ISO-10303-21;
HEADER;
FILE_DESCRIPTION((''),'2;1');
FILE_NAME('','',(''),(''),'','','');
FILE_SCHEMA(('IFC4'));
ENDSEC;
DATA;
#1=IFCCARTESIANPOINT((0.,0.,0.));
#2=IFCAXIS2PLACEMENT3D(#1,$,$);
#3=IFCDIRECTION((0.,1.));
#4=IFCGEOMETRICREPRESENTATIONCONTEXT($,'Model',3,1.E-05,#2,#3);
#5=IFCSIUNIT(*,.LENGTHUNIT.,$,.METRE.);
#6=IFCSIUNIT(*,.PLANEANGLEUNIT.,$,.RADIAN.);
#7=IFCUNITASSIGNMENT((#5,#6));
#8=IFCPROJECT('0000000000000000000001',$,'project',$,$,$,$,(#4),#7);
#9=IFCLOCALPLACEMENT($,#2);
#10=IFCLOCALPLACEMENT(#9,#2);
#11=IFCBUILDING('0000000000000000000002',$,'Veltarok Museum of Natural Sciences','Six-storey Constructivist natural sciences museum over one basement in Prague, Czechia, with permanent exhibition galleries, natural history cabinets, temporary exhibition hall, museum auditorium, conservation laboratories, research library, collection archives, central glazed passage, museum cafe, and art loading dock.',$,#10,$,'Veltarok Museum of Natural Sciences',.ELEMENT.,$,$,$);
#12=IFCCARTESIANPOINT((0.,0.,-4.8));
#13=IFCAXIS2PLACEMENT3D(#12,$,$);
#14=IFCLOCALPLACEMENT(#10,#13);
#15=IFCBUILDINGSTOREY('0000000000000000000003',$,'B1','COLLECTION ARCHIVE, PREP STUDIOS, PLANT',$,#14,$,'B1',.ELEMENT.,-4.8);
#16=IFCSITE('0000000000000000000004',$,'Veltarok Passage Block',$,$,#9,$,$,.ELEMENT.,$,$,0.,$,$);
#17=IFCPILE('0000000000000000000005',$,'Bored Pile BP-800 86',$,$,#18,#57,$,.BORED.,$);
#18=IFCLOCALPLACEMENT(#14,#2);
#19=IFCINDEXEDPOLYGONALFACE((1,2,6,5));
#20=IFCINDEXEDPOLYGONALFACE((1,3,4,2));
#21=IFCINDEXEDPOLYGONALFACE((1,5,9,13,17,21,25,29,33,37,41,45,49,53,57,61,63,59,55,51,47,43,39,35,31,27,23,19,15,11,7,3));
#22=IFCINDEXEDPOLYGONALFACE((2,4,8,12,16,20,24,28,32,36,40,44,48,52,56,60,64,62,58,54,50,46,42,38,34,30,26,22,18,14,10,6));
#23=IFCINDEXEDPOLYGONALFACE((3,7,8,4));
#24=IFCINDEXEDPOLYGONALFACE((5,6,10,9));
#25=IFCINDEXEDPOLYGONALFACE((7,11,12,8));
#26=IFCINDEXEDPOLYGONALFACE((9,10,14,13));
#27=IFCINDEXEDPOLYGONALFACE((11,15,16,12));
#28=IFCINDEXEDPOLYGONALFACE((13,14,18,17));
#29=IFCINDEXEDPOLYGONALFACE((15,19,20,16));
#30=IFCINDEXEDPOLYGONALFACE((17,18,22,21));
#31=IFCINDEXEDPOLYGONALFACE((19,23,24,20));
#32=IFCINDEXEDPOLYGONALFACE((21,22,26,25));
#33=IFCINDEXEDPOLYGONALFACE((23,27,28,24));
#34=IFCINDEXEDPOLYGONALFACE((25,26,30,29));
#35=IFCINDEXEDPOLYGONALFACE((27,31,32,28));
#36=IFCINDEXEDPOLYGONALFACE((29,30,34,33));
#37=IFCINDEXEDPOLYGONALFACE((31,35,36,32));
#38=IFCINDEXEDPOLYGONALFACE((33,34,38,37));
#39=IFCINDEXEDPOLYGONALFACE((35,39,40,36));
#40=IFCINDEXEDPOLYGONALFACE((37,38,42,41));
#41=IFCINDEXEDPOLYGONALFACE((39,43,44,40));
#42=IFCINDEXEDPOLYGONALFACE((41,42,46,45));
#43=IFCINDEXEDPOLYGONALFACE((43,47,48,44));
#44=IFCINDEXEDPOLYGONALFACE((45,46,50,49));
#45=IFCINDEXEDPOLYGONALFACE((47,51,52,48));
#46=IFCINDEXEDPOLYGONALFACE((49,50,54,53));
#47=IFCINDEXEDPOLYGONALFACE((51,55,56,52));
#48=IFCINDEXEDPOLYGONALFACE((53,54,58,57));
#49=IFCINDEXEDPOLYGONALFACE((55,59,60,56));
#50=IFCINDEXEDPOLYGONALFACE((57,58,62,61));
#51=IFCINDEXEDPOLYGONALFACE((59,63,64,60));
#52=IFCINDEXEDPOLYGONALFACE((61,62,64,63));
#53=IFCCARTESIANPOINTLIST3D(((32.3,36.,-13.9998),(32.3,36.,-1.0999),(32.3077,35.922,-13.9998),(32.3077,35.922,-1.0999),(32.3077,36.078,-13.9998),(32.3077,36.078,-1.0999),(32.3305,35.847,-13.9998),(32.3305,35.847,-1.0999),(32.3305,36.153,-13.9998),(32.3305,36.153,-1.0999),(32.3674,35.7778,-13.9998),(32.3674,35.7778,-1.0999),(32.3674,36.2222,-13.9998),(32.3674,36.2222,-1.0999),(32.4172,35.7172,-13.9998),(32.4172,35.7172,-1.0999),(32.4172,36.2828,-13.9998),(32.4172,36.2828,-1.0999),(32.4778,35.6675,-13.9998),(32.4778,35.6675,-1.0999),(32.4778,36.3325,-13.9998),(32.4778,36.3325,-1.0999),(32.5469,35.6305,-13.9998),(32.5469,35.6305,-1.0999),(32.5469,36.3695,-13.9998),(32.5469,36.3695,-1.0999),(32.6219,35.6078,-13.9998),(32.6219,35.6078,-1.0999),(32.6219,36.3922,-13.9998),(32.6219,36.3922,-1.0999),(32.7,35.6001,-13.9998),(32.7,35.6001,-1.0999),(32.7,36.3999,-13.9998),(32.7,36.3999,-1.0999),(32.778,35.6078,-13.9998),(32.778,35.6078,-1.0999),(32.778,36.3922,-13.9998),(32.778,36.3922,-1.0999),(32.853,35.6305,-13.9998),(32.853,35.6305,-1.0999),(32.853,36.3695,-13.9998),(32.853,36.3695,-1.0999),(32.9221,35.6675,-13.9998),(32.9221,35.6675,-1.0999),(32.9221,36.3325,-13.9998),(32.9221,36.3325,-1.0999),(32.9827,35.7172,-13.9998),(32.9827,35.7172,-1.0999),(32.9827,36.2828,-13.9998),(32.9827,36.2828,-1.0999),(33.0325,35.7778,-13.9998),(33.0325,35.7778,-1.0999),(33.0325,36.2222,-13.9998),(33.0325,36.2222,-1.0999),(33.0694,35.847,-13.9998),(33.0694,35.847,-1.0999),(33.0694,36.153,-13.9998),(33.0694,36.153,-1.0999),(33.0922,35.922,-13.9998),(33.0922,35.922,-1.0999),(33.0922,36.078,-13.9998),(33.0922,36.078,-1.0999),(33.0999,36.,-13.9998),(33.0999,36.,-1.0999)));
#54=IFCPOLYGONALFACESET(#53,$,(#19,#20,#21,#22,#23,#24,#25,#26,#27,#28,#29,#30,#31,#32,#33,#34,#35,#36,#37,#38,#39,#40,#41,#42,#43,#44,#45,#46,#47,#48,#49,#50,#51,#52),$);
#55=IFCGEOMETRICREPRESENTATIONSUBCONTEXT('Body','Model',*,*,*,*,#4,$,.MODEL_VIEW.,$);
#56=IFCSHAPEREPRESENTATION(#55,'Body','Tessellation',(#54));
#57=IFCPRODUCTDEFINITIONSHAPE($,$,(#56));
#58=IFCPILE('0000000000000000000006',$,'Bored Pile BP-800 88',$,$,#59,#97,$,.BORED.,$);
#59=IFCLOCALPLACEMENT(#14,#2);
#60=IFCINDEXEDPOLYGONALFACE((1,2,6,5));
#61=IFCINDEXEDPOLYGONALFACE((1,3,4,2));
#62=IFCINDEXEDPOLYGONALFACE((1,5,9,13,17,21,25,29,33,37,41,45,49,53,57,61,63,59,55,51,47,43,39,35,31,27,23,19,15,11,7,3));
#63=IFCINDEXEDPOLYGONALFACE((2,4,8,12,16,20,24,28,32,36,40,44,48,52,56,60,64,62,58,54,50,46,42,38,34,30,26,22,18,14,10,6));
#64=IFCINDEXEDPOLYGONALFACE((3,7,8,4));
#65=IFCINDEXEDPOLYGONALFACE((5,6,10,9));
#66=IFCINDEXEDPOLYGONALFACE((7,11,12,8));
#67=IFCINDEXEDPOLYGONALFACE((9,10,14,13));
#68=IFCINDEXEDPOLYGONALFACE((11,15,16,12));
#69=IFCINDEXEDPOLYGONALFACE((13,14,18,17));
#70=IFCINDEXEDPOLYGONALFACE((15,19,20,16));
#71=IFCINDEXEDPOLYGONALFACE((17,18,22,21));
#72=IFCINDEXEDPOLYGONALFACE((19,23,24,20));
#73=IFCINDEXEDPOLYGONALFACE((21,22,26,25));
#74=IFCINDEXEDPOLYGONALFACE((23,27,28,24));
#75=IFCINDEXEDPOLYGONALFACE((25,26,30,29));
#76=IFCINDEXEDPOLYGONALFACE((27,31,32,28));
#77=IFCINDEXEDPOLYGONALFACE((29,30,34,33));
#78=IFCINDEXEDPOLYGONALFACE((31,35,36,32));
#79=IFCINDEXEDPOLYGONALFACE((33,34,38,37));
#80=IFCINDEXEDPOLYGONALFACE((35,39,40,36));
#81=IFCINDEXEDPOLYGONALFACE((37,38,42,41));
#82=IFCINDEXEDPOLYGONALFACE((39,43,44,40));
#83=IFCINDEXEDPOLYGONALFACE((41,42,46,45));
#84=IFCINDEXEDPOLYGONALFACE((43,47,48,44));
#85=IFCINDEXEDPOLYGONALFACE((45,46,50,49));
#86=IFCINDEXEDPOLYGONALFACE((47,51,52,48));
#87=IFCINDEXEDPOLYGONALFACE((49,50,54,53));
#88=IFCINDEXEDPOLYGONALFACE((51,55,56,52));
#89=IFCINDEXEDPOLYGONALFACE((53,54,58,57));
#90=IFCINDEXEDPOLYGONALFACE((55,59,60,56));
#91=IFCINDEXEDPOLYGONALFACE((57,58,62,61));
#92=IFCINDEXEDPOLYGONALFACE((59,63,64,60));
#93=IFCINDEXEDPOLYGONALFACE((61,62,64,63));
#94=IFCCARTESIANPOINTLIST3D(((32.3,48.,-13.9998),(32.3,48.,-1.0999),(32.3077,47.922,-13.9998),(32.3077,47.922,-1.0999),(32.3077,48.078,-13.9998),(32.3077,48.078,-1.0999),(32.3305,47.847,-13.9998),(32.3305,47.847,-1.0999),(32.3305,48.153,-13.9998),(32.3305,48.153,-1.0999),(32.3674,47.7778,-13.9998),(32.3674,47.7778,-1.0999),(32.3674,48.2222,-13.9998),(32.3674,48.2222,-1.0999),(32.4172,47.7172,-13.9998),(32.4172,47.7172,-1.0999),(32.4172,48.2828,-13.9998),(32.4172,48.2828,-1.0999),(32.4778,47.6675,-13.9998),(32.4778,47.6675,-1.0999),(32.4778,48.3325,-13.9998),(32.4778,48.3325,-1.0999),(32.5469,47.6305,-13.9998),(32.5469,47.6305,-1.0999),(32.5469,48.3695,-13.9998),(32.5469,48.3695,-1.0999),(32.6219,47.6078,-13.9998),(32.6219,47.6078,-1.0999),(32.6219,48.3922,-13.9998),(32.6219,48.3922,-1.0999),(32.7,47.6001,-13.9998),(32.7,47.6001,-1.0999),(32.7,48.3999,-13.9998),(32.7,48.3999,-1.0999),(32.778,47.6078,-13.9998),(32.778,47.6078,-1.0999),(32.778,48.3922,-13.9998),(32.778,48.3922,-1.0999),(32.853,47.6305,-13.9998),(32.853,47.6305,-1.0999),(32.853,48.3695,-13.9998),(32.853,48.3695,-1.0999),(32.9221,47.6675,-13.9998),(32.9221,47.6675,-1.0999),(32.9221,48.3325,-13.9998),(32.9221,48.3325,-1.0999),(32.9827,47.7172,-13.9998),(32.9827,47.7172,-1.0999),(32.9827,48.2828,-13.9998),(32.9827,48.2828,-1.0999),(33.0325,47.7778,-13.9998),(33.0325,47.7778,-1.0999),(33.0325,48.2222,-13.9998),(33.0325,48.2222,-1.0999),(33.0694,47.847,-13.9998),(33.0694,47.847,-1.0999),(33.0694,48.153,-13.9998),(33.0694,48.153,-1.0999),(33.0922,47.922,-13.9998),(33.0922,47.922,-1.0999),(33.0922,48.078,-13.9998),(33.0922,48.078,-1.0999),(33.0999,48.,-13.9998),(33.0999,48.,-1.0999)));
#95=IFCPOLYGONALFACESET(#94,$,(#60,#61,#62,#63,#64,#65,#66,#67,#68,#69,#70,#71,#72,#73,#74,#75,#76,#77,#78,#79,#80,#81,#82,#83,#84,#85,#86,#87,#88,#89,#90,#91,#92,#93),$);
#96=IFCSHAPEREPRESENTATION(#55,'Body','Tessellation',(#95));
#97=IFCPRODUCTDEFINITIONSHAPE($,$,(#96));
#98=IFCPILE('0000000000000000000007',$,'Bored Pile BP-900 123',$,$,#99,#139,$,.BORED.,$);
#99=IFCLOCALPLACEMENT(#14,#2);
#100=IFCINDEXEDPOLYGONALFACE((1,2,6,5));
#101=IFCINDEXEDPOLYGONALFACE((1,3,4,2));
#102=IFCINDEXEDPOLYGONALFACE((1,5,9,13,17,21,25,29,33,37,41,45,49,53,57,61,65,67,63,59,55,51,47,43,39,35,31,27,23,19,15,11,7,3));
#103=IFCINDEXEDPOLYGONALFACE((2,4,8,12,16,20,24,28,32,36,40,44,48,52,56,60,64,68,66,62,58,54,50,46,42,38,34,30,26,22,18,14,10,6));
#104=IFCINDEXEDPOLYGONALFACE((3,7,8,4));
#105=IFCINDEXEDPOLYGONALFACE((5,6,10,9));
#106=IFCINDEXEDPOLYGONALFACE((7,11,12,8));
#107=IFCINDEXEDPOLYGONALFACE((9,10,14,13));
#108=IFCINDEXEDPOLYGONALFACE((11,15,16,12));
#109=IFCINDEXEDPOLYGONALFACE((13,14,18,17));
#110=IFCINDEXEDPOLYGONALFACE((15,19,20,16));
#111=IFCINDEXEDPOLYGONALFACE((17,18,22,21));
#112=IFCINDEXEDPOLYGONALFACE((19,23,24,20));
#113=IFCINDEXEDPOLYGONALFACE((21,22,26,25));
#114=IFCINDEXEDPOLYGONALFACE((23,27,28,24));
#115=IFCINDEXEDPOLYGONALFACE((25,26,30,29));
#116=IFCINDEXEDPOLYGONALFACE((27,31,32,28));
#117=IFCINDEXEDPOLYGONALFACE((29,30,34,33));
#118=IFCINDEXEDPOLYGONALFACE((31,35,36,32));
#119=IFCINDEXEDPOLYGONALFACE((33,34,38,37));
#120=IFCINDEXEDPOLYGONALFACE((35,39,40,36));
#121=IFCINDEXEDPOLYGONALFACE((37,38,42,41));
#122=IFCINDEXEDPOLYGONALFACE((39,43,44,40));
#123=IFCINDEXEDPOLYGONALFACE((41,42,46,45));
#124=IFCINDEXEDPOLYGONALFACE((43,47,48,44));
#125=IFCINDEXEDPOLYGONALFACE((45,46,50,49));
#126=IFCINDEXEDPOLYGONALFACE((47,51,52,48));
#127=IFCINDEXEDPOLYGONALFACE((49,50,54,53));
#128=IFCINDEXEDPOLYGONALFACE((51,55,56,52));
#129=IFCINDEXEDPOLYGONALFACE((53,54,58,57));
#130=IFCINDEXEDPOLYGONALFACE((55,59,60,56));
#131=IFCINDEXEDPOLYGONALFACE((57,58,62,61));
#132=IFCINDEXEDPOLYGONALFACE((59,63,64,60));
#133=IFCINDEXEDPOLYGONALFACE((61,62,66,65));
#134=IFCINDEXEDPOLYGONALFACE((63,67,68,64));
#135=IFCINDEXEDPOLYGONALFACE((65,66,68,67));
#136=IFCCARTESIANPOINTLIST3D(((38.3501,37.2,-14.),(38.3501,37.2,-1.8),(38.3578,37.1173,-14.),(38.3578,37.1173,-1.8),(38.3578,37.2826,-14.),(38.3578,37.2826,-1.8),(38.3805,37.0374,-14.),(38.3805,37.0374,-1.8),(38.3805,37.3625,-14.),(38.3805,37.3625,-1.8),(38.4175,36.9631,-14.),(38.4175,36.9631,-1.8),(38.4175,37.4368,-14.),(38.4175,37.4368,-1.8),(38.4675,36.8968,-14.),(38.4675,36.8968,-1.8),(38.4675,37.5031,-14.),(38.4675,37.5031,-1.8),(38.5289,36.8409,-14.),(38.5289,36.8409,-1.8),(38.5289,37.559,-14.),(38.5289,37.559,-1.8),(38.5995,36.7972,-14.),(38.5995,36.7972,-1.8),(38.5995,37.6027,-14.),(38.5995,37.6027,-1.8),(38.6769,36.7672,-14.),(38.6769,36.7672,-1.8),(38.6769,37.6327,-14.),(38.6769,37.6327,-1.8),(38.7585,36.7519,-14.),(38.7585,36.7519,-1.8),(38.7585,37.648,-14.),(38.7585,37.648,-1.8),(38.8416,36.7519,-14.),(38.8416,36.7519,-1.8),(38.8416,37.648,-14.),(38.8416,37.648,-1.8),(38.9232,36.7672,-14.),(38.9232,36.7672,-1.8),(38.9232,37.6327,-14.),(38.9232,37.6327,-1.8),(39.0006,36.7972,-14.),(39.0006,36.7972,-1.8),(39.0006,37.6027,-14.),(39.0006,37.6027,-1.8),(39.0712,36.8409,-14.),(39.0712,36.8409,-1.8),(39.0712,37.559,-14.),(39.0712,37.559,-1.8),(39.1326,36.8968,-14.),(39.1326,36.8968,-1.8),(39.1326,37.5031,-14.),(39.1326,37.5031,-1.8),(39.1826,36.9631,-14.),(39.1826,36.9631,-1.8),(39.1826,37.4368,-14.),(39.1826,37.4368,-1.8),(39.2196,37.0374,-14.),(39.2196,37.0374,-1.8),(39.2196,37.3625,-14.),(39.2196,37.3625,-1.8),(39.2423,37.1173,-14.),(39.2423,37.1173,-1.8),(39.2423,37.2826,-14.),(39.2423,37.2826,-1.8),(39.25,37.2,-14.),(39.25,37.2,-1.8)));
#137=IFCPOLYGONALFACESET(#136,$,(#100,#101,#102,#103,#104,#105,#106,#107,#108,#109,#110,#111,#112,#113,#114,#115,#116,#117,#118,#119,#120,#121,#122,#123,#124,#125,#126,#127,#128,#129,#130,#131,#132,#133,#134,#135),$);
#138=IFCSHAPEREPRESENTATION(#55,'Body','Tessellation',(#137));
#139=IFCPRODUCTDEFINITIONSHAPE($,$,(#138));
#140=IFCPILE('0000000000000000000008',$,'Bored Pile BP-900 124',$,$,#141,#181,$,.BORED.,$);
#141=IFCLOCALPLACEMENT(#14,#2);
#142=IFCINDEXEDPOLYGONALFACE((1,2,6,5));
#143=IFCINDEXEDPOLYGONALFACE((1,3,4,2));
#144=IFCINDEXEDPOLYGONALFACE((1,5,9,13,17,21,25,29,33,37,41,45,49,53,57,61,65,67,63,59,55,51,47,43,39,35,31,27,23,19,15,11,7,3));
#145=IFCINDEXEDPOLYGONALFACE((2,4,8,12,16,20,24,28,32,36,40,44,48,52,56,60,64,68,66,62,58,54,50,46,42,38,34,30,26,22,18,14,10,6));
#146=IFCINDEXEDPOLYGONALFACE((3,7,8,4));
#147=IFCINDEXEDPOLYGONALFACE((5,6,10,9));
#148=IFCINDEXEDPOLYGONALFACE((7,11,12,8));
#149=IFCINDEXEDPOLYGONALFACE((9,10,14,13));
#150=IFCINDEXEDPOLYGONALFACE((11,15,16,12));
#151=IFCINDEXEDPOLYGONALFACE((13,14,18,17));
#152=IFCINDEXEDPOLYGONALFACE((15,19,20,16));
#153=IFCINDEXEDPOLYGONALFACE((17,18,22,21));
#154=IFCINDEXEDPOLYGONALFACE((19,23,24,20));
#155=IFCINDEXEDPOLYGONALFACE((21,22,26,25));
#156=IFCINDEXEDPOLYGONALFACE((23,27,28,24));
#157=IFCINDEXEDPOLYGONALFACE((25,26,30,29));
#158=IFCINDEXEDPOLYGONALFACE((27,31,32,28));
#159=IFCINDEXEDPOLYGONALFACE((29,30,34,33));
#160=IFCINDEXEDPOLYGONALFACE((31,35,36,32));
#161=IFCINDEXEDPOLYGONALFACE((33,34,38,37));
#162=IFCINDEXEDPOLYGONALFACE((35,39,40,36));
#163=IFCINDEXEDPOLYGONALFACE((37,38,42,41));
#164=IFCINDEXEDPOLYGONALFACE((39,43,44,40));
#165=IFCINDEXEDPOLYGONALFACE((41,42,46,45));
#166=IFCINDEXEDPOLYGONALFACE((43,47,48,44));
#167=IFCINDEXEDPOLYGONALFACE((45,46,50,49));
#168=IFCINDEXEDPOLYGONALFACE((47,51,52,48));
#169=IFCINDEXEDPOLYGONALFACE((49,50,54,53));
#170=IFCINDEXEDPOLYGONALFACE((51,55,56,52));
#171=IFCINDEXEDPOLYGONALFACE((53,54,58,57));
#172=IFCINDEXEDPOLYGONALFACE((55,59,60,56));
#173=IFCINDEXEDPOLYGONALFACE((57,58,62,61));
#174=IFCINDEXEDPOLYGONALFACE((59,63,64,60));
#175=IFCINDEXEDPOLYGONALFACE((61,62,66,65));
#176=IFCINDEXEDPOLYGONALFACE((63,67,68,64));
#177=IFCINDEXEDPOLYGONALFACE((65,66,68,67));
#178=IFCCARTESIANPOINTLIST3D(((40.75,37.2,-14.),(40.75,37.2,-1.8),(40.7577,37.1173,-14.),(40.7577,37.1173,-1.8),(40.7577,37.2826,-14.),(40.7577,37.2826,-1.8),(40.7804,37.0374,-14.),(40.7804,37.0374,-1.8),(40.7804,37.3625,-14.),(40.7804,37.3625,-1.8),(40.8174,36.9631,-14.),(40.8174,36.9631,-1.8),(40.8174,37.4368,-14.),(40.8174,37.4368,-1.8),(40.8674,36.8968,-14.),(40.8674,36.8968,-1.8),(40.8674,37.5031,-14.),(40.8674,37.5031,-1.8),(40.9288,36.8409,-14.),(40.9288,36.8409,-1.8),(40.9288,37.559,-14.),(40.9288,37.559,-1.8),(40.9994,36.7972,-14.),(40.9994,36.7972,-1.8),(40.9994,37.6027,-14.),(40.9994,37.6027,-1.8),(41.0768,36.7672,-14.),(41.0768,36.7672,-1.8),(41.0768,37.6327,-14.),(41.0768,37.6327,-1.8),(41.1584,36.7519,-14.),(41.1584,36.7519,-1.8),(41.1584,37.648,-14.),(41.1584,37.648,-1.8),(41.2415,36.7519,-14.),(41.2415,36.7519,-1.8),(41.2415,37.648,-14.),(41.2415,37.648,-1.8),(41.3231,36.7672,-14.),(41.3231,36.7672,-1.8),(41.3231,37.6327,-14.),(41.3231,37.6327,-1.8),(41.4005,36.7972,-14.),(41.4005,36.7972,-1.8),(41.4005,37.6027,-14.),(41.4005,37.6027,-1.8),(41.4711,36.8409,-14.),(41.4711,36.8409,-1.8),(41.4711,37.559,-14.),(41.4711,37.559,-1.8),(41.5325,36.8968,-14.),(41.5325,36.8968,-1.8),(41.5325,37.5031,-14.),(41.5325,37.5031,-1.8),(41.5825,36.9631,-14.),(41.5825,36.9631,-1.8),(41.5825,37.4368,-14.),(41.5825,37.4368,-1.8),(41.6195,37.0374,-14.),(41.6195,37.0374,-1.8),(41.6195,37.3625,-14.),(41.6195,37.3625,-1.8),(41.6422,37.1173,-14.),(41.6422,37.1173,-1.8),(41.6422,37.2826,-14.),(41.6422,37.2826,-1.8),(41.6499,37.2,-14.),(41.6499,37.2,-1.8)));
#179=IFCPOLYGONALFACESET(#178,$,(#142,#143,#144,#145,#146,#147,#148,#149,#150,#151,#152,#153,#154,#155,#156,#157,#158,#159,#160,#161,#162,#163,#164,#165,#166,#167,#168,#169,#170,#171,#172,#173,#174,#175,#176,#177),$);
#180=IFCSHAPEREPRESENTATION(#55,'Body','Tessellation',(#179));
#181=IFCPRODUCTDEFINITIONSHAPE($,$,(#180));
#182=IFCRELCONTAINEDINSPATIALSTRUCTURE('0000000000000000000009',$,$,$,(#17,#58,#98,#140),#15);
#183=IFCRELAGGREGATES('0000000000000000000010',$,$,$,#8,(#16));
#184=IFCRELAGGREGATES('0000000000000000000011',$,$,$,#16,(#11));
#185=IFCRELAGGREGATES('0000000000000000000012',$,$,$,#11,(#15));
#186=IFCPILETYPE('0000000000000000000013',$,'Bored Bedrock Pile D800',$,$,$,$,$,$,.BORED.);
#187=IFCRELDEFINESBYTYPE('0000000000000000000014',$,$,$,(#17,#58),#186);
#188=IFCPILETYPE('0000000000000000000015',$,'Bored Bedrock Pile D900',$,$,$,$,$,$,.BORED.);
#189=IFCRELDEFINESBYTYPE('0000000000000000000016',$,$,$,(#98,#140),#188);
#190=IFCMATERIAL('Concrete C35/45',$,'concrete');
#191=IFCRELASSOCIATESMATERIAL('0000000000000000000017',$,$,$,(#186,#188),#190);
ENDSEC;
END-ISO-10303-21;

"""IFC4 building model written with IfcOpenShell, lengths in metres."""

from ifc_helpers import new_model, si_unit, direction, frame, origin, origin_2d, place, context, subcontext, project, spatial, circle, extrude, material, material_profile, profile_set, type_object, element, save


model = new_model("IFC4")

# Units and contexts
model_context = context("Model", 3, precision=1e-05, world=origin(), true_north=direction((0.0, 1.0)))
body_context = subcontext(model_context, "Body", "Model", "MODEL_VIEW")
ifc_project = project(units=[si_unit("LENGTHUNIT", "METRE"), si_unit("PLANEANGLEUNIT", "RADIAN")], contexts=[model_context])

# Site, building, storey
site_placement = place(None, origin())
site = spatial("IfcSite", under=ifc_project, at=site_placement, Name="Veltarok Passage Block", CompositionType="ELEMENT", RefElevation=0.0)
building_placement = place(site_placement, origin())
building = spatial("IfcBuilding", under=site, at=building_placement, Name="Veltarok Museum of Natural Sciences", Description="Six-storey Constructivist natural sciences museum over one basement in Prague, Czechia, with permanent exhibition galleries, natural history cabinets, temporary exhibition hall, museum auditorium, conservation laboratories, research library, collection archives, central glazed passage, museum cafe, and art loading dock.", LongName="Veltarok Museum of Natural Sciences", CompositionType="ELEMENT")
storey_placement = place(building_placement, frame((0.0, 0.0, -4.8)))
storey = spatial("IfcBuildingStorey", under=building, at=storey_placement, Name="B1", Description="COLLECTION ARCHIVE, PREP STUDIOS, PLANT", LongName="B1", CompositionType="ELEMENT", Elevation=-4.8)

# Piles
ifc_material_1 = material(Name="Concrete C35/45", Category="concrete")
ifc_material_profile_1 = material_profile(ifc_material_1, circle(Radius=0.3999, at=origin_2d()), Name="BP D800")
ifc_profile_set_1 = profile_set([ifc_material_profile_1], Name="Concrete C35/45")
pile_type_1 = type_object("IfcPileType", Name="Bored Bedrock Pile D800", PredefinedType="BORED", material=ifc_profile_set_1)
for number, where, z_axis, x_axis, name in (
    (1, (32.7, 36.0, -1.0999), (0.0, 0.0, -1.0), (1.0, 0.0, 0.0), "Bored Pile BP-800 86"),
    (2, (32.7, 48.0, -1.0999), (0.0, 0.0, -1.0), (1.0, 0.0, 0.0), "Bored Pile BP-800 88"),
):
    element("IfcPile", number, at=place(storey_placement, frame(where, z_axis=z_axis, x_axis=x_axis)), inside=storey, type_object=pile_type_1, Name=name, PredefinedType="BORED", context=body_context, shape_type="SweptSolid", body=[
        extrude(circle(Radius=0.3999, at=origin_2d()), origin(), (0.0, 0.0, 1.0), 12.8999),
    ])
ifc_material_profile_2 = material_profile(ifc_material_1, circle(Radius=0.45, at=origin_2d()), Name="BP D900")
ifc_profile_set_2 = profile_set([ifc_material_profile_2], Name="Concrete C35/45")
pile_type_2 = type_object("IfcPileType", Name="Bored Bedrock Pile D900", PredefinedType="BORED", material=ifc_profile_set_2)
for number, where, z_axis, x_axis, name in (
    (3, (38.8, 37.2, -1.8), (0.0, 0.0, -1.0), (1.0, 0.0, 0.0), "Bored Pile BP-900 123"),
    (4, (41.2, 37.2, -1.8), (0.0, 0.0, -1.0), (1.0, 0.0, 0.0), "Bored Pile BP-900 124"),
):
    element("IfcPile", number, at=place(storey_placement, frame(where, z_axis=z_axis, x_axis=x_axis)), inside=storey, type_object=pile_type_2, Name=name, PredefinedType="BORED", context=body_context, shape_type="SweptSolid", body=[
        extrude(circle(Radius=0.45, at=origin_2d()), origin(), (0.0, 0.0, 1.0), 12.2),
    ])

save(model, "model.ifc")
